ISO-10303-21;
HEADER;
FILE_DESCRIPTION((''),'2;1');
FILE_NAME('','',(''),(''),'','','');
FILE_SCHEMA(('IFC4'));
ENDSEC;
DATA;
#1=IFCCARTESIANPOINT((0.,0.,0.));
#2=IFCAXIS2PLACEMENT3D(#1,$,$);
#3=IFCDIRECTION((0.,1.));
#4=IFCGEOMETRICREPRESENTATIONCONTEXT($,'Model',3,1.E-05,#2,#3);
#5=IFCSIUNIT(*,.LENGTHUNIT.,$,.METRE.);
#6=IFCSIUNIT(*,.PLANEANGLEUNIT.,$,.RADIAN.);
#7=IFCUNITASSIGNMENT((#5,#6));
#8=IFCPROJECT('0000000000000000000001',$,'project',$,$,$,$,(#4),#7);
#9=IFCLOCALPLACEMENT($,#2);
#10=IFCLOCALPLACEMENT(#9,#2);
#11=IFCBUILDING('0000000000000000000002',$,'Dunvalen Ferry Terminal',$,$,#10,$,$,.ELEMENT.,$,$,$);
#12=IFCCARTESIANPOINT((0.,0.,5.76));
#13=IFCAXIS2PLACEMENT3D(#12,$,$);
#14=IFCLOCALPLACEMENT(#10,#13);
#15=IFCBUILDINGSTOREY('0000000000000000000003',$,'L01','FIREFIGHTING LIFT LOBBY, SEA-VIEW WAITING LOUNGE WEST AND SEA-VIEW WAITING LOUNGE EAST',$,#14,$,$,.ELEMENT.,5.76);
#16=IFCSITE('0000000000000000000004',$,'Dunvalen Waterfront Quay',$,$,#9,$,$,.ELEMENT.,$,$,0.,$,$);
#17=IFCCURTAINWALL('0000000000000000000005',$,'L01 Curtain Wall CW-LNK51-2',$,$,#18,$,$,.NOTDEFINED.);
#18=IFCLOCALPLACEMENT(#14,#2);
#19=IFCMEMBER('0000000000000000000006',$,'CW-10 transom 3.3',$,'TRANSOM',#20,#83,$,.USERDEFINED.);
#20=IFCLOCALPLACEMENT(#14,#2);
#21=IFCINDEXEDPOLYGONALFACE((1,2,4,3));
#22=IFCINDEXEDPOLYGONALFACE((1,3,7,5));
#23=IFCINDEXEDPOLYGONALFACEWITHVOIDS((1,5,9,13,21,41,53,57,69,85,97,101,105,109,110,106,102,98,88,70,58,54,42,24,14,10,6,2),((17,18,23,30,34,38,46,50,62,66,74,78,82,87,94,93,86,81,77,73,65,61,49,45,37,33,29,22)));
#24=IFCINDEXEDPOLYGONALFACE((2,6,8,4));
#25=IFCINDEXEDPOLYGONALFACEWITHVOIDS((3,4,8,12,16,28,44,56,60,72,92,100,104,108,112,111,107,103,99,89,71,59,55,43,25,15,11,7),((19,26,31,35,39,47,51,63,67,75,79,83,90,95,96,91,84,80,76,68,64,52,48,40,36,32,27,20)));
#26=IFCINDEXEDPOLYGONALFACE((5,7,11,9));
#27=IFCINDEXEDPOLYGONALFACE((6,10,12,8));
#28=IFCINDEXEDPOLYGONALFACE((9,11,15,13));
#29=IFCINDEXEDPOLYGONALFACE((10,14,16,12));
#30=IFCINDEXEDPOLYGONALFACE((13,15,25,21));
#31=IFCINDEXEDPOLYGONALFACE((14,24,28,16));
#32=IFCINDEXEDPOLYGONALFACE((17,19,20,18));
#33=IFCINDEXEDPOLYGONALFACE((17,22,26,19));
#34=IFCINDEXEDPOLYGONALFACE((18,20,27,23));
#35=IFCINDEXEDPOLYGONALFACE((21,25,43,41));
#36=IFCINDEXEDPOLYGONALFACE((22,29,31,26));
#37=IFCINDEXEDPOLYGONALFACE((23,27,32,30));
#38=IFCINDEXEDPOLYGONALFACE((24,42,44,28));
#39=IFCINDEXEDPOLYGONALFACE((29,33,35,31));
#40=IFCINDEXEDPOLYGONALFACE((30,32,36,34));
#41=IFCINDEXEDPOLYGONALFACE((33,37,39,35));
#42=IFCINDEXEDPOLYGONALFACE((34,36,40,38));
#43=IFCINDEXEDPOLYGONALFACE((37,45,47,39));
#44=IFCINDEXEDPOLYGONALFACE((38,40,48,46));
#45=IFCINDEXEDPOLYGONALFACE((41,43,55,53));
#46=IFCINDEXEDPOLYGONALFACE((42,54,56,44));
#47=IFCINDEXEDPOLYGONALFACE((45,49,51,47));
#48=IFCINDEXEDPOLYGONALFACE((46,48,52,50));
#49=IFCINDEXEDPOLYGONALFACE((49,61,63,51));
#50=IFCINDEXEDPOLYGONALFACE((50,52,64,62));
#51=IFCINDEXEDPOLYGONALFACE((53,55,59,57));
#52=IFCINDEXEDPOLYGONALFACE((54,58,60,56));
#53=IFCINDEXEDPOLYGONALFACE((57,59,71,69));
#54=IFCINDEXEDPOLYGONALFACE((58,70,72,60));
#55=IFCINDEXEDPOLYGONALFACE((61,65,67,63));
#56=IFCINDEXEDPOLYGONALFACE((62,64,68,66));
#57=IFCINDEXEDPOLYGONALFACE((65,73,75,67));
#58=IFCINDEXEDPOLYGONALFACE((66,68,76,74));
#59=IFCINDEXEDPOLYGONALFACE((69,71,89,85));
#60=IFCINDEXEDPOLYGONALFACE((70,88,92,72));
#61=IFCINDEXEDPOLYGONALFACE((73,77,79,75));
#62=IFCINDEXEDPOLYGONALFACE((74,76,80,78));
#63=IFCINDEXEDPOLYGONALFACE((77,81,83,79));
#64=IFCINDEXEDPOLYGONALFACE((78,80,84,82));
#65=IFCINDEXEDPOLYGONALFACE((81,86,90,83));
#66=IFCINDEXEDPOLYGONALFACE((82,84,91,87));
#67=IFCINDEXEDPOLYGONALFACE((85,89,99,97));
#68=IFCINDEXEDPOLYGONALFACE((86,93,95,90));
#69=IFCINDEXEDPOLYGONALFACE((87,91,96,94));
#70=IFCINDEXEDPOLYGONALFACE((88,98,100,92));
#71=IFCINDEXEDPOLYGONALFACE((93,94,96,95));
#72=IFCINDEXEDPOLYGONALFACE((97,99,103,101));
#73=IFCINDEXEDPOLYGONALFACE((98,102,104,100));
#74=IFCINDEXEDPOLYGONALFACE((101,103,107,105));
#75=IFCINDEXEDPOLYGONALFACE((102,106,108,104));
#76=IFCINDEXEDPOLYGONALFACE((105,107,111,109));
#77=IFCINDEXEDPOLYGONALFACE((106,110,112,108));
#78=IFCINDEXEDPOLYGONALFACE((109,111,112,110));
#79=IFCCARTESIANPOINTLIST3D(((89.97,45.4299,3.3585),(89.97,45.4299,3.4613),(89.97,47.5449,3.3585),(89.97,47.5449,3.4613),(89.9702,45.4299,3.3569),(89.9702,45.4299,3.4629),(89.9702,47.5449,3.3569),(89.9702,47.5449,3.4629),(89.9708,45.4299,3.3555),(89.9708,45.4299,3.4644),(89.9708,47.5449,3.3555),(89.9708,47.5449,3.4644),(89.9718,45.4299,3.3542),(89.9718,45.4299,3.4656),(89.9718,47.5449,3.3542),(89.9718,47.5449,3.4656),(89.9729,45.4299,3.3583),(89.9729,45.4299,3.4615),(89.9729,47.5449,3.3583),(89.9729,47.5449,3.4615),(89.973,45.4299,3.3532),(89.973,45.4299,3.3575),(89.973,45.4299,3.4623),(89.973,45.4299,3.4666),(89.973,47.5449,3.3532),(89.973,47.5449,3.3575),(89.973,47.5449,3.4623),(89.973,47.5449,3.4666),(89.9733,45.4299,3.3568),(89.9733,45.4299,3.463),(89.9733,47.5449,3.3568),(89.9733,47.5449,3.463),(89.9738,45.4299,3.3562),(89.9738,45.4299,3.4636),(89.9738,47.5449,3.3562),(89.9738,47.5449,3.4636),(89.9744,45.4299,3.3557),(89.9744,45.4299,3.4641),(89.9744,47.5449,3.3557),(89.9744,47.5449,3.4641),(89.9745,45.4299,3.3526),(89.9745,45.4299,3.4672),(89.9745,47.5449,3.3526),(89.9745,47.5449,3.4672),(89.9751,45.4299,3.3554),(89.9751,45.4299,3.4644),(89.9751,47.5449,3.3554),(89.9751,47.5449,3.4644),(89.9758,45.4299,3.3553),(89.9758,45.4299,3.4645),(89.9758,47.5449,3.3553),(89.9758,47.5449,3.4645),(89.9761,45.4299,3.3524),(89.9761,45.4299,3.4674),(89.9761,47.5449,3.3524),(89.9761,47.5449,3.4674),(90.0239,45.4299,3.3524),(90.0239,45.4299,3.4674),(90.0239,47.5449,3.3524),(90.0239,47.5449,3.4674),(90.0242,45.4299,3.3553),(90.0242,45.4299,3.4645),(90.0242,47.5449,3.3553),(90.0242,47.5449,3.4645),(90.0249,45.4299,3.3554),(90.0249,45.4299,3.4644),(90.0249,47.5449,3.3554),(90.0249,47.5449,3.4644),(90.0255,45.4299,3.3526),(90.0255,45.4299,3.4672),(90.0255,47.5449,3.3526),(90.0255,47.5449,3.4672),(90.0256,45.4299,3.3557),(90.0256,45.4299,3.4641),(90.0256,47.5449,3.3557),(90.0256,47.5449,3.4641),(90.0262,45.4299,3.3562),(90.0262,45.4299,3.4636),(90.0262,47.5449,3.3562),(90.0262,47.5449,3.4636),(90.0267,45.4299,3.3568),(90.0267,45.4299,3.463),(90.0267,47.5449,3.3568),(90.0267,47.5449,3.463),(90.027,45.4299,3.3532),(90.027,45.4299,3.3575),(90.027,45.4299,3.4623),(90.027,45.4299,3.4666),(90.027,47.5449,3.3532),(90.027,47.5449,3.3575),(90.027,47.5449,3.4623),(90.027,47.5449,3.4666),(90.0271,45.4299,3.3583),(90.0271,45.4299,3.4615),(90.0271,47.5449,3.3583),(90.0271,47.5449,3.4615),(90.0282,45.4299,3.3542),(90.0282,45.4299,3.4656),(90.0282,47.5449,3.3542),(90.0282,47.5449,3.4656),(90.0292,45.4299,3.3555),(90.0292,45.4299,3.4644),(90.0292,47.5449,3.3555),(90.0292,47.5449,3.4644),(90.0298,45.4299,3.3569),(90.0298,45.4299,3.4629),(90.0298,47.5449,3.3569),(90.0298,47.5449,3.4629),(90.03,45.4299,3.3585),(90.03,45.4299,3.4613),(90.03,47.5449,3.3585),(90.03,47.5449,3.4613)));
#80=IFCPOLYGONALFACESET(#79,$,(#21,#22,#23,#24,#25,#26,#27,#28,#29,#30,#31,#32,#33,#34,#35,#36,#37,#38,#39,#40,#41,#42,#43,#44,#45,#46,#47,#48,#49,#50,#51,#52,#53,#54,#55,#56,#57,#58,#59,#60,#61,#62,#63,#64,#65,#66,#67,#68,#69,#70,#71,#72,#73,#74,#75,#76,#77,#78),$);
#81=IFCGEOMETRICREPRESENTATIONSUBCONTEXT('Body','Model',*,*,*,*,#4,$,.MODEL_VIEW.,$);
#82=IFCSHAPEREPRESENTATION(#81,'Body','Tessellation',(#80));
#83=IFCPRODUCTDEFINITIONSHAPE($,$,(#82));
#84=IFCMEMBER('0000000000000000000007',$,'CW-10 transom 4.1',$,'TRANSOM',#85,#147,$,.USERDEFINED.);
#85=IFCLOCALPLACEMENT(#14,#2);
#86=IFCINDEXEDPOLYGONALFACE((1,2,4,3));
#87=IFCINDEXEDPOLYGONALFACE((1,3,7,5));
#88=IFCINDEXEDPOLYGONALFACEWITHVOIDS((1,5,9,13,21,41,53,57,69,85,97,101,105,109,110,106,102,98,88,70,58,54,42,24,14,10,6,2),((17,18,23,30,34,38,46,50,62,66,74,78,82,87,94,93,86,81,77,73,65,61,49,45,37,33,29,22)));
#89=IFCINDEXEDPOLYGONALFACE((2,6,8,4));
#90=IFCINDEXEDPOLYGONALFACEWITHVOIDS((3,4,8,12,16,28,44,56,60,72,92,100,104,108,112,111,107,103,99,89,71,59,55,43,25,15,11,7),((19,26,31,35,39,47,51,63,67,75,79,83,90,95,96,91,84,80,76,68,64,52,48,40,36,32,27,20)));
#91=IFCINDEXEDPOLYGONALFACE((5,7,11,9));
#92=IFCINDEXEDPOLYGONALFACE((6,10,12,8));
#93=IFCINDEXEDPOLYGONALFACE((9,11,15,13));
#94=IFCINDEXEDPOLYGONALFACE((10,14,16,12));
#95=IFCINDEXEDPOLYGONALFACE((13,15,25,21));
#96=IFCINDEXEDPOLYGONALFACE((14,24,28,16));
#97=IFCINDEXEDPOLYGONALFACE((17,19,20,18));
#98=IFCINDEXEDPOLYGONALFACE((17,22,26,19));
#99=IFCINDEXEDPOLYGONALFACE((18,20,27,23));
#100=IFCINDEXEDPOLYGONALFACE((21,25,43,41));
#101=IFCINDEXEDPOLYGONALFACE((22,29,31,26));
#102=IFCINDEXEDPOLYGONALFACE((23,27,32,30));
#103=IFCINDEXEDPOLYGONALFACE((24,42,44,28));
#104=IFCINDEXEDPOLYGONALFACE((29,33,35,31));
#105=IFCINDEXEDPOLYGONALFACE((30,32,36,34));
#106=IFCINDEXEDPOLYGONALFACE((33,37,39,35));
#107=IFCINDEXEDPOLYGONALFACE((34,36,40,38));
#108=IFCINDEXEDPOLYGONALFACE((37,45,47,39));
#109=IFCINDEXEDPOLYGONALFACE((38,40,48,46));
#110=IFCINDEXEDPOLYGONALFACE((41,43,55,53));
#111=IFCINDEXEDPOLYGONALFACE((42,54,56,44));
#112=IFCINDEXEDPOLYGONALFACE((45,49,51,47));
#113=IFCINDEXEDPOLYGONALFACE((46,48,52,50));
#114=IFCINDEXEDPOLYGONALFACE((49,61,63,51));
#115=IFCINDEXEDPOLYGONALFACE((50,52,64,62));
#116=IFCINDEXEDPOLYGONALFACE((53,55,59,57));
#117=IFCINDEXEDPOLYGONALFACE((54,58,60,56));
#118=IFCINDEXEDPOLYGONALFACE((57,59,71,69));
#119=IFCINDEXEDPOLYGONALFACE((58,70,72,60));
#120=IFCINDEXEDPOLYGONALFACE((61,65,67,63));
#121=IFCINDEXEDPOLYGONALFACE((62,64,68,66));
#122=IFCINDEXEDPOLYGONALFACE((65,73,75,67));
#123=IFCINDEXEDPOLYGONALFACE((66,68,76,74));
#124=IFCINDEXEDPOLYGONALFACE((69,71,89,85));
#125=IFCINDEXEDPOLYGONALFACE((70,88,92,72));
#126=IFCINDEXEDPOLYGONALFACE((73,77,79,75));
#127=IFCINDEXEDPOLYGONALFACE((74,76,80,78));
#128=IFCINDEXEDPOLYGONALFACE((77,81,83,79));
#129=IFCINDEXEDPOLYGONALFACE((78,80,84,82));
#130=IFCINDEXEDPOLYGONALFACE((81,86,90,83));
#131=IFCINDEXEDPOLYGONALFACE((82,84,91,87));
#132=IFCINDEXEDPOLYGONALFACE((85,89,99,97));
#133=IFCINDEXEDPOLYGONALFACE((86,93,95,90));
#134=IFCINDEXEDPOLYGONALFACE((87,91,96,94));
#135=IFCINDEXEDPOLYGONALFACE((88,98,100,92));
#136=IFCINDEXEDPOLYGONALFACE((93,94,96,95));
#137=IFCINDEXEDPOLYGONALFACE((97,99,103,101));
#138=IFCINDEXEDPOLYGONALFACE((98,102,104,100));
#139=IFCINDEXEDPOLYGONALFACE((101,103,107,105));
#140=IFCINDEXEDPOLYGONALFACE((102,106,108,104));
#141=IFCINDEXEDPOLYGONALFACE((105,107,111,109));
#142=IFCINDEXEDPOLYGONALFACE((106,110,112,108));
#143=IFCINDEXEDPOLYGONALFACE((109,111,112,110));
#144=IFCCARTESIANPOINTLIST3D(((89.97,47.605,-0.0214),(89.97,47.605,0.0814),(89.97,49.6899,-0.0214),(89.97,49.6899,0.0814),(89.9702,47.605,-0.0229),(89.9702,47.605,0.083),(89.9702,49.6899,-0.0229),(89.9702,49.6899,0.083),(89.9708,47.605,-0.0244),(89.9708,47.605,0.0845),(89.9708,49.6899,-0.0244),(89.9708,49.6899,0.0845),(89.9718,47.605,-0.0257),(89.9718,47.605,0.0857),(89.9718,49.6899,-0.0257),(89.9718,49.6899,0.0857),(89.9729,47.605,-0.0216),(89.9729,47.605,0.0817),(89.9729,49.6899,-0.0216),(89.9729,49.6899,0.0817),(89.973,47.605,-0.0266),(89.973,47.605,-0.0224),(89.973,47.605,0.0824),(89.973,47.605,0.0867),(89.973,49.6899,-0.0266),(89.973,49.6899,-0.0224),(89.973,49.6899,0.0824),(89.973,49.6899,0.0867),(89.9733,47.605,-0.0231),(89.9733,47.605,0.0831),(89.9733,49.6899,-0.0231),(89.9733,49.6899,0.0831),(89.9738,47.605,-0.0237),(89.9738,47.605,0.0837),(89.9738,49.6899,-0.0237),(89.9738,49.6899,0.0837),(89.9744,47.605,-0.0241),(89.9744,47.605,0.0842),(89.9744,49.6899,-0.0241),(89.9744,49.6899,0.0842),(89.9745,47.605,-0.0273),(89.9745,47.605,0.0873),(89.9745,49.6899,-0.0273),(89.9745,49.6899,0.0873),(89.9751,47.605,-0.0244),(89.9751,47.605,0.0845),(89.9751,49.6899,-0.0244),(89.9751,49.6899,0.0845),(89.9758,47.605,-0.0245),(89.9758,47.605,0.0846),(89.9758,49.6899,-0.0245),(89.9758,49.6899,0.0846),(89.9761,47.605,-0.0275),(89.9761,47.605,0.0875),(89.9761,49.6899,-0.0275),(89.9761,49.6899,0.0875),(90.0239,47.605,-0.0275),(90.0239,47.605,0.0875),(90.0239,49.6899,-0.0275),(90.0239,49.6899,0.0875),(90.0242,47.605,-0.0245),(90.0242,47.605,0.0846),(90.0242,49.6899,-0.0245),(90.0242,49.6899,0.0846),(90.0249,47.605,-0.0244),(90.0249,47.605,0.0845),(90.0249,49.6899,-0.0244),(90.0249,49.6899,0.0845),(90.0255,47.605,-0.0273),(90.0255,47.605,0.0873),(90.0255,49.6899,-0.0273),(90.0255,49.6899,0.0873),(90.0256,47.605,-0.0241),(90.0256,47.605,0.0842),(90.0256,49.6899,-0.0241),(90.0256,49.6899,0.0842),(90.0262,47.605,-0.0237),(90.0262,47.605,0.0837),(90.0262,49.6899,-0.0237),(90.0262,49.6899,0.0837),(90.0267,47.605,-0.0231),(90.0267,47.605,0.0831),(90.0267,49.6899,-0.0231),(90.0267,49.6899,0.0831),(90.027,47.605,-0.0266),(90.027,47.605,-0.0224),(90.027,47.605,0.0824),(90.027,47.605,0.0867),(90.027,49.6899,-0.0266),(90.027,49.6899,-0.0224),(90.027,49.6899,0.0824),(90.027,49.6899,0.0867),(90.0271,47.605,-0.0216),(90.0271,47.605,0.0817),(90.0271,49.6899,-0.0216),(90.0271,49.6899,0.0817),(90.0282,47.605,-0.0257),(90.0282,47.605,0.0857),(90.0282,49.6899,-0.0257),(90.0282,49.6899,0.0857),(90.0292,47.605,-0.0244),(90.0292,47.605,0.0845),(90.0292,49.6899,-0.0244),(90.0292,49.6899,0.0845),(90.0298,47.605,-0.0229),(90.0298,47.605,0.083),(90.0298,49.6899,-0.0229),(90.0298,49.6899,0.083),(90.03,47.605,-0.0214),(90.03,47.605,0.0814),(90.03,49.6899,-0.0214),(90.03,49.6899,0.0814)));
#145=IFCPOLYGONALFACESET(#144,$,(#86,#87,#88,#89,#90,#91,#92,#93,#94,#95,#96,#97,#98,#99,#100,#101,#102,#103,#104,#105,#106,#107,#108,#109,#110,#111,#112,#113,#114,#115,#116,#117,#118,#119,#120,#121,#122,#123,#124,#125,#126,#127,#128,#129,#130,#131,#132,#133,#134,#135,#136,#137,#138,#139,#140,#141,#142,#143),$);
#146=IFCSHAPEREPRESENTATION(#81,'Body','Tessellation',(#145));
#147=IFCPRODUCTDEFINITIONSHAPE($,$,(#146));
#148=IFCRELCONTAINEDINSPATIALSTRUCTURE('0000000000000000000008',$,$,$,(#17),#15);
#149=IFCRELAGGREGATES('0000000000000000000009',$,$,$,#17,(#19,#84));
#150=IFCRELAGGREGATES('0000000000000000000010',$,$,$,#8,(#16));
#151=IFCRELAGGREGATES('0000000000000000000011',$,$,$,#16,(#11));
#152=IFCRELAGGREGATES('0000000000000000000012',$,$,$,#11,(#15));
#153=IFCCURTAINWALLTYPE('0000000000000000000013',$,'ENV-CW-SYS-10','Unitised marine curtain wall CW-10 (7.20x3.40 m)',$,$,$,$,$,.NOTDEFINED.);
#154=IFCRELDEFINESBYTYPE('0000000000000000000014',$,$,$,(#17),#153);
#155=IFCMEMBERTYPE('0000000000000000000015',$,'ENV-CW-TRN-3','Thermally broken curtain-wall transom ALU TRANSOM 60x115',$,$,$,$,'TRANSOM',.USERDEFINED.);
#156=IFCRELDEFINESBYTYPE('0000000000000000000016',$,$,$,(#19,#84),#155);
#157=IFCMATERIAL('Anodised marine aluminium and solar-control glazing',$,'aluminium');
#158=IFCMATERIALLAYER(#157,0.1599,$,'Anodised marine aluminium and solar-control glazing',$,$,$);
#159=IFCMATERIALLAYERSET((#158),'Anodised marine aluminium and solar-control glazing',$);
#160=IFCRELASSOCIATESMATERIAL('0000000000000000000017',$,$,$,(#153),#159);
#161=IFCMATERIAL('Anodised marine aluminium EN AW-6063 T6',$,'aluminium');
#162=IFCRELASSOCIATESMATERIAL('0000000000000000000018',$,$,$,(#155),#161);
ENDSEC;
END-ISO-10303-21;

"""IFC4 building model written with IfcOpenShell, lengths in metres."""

from ifc_helpers import new_model, si_unit, direction, frame, origin, origin_2d, place, context, subcontext, project, spatial, hollow_rectangle, extrude, material, layer, layer_set, material_profile, profile_set, type_object, element, aggregate, save


model = new_model("IFC4")

# Units and contexts
model_context = context("Model", 3, precision=1e-05, world=origin(), true_north=direction((0.0, 1.0)))
body_context = subcontext(model_context, "Body", "Model", "MODEL_VIEW")
ifc_project = project(units=[si_unit("LENGTHUNIT", "METRE"), si_unit("PLANEANGLEUNIT", "RADIAN")], contexts=[model_context])

# Site, building, storey
site_placement = place(None, origin())
site = spatial("IfcSite", under=ifc_project, at=site_placement, Name="Dunvalen Waterfront Quay", CompositionType="ELEMENT", RefElevation=0.0)
building_placement = place(site_placement, origin())
building = spatial("IfcBuilding", under=site, at=building_placement, Name="Dunvalen Ferry Terminal", CompositionType="ELEMENT")
storey_placement = place(building_placement, frame((0.0, 0.0, 5.76)))
storey = spatial("IfcBuildingStorey", under=building, at=storey_placement, Name="L01", Description="FIREFIGHTING LIFT LOBBY, SEA-VIEW WAITING LOUNGE WEST AND SEA-VIEW WAITING LOUNGE EAST", CompositionType="ELEMENT", Elevation=5.76)

# Shared definitions
ifc_material_1 = material(Name="Anodised marine aluminium and solar-control glazing", Category="aluminium")
ifc_material_2 = material(Name="Anodised marine aluminium EN AW-6063 T6", Category="aluminium")

# Curtain wall
ifc_layer_1 = layer(ifc_material_1, 0.1599, Name="Anodised marine aluminium and solar-control glazing")
ifc_layer_set_1 = layer_set([ifc_layer_1], Name="Anodised marine aluminium and solar-control glazing")
curtain_wall_type_1 = type_object("IfcCurtainWallType", Name="ENV-CW-SYS-10", Description="Unitised marine curtain wall CW-10 (7.20x3.40 m)", PredefinedType="NOTDEFINED", material=ifc_layer_set_1)
curtain_wall_1_placement = place(storey_placement, origin())
curtain_wall_1 = element("IfcCurtainWall", 1, at=curtain_wall_1_placement, inside=storey, type_object=curtain_wall_type_1, Name="L01 Curtain Wall CW-LNK51-2", PredefinedType="NOTDEFINED")

# Members
ifc_material_profile_1 = material_profile(ifc_material_2, hollow_rectangle(XDim=0.0601, YDim=0.115, WallThickness=0.0029, InnerFilletRadius=0.0029, OuterFilletRadius=0.0061, at=origin_2d()), Name="Anodised marine aluminium EN AW-6063 T6")
ifc_profile_set_1 = profile_set([ifc_material_profile_1], Name="Anodised marine aluminium EN AW-6063 T6")
member_type_1 = type_object("IfcMemberType", Name="ENV-CW-TRN-3", Description="Thermally broken curtain-wall transom ALU TRANSOM 60x115", ElementType="TRANSOM", PredefinedType="USERDEFINED", material=ifc_profile_set_1)
member_1_placement = place(storey_placement, frame((90.0, 45.4299, 3.4099), z_axis=(0.0, 1.0, 0.0), x_axis=(-1.0, 0.0, 0.0)))
member_1 = element("IfcMember", 2, at=member_1_placement, type_object=member_type_1, Name="CW-10 transom 3.3", ObjectType="TRANSOM", PredefinedType="USERDEFINED", context=body_context, shape_type="SweptSolid", body=[
    extrude(hollow_rectangle(XDim=0.0601, YDim=0.115, WallThickness=0.0029, InnerFilletRadius=0.0029, OuterFilletRadius=0.0061, at=origin_2d()), origin(), (0.0, 0.0, 1.0), 2.115),
])
member_2_placement = place(storey_placement, frame((90.0, 47.605, 0.03), z_axis=(0.0, 1.0, 0.0), x_axis=(-1.0, 0.0, 0.0)))
member_2 = element("IfcMember", 3, at=member_2_placement, type_object=member_type_1, Name="CW-10 transom 4.1", ObjectType="TRANSOM", PredefinedType="USERDEFINED", context=body_context, shape_type="SweptSolid", body=[
    extrude(hollow_rectangle(XDim=0.0601, YDim=0.115, WallThickness=0.0029, InnerFilletRadius=0.0029, OuterFilletRadius=0.0061, at=origin_2d()), origin(), (0.0, 0.0, 1.0), 2.085),
])

aggregate(curtain_wall_1, [member_1, member_2])

save(model, "model.ifc")
